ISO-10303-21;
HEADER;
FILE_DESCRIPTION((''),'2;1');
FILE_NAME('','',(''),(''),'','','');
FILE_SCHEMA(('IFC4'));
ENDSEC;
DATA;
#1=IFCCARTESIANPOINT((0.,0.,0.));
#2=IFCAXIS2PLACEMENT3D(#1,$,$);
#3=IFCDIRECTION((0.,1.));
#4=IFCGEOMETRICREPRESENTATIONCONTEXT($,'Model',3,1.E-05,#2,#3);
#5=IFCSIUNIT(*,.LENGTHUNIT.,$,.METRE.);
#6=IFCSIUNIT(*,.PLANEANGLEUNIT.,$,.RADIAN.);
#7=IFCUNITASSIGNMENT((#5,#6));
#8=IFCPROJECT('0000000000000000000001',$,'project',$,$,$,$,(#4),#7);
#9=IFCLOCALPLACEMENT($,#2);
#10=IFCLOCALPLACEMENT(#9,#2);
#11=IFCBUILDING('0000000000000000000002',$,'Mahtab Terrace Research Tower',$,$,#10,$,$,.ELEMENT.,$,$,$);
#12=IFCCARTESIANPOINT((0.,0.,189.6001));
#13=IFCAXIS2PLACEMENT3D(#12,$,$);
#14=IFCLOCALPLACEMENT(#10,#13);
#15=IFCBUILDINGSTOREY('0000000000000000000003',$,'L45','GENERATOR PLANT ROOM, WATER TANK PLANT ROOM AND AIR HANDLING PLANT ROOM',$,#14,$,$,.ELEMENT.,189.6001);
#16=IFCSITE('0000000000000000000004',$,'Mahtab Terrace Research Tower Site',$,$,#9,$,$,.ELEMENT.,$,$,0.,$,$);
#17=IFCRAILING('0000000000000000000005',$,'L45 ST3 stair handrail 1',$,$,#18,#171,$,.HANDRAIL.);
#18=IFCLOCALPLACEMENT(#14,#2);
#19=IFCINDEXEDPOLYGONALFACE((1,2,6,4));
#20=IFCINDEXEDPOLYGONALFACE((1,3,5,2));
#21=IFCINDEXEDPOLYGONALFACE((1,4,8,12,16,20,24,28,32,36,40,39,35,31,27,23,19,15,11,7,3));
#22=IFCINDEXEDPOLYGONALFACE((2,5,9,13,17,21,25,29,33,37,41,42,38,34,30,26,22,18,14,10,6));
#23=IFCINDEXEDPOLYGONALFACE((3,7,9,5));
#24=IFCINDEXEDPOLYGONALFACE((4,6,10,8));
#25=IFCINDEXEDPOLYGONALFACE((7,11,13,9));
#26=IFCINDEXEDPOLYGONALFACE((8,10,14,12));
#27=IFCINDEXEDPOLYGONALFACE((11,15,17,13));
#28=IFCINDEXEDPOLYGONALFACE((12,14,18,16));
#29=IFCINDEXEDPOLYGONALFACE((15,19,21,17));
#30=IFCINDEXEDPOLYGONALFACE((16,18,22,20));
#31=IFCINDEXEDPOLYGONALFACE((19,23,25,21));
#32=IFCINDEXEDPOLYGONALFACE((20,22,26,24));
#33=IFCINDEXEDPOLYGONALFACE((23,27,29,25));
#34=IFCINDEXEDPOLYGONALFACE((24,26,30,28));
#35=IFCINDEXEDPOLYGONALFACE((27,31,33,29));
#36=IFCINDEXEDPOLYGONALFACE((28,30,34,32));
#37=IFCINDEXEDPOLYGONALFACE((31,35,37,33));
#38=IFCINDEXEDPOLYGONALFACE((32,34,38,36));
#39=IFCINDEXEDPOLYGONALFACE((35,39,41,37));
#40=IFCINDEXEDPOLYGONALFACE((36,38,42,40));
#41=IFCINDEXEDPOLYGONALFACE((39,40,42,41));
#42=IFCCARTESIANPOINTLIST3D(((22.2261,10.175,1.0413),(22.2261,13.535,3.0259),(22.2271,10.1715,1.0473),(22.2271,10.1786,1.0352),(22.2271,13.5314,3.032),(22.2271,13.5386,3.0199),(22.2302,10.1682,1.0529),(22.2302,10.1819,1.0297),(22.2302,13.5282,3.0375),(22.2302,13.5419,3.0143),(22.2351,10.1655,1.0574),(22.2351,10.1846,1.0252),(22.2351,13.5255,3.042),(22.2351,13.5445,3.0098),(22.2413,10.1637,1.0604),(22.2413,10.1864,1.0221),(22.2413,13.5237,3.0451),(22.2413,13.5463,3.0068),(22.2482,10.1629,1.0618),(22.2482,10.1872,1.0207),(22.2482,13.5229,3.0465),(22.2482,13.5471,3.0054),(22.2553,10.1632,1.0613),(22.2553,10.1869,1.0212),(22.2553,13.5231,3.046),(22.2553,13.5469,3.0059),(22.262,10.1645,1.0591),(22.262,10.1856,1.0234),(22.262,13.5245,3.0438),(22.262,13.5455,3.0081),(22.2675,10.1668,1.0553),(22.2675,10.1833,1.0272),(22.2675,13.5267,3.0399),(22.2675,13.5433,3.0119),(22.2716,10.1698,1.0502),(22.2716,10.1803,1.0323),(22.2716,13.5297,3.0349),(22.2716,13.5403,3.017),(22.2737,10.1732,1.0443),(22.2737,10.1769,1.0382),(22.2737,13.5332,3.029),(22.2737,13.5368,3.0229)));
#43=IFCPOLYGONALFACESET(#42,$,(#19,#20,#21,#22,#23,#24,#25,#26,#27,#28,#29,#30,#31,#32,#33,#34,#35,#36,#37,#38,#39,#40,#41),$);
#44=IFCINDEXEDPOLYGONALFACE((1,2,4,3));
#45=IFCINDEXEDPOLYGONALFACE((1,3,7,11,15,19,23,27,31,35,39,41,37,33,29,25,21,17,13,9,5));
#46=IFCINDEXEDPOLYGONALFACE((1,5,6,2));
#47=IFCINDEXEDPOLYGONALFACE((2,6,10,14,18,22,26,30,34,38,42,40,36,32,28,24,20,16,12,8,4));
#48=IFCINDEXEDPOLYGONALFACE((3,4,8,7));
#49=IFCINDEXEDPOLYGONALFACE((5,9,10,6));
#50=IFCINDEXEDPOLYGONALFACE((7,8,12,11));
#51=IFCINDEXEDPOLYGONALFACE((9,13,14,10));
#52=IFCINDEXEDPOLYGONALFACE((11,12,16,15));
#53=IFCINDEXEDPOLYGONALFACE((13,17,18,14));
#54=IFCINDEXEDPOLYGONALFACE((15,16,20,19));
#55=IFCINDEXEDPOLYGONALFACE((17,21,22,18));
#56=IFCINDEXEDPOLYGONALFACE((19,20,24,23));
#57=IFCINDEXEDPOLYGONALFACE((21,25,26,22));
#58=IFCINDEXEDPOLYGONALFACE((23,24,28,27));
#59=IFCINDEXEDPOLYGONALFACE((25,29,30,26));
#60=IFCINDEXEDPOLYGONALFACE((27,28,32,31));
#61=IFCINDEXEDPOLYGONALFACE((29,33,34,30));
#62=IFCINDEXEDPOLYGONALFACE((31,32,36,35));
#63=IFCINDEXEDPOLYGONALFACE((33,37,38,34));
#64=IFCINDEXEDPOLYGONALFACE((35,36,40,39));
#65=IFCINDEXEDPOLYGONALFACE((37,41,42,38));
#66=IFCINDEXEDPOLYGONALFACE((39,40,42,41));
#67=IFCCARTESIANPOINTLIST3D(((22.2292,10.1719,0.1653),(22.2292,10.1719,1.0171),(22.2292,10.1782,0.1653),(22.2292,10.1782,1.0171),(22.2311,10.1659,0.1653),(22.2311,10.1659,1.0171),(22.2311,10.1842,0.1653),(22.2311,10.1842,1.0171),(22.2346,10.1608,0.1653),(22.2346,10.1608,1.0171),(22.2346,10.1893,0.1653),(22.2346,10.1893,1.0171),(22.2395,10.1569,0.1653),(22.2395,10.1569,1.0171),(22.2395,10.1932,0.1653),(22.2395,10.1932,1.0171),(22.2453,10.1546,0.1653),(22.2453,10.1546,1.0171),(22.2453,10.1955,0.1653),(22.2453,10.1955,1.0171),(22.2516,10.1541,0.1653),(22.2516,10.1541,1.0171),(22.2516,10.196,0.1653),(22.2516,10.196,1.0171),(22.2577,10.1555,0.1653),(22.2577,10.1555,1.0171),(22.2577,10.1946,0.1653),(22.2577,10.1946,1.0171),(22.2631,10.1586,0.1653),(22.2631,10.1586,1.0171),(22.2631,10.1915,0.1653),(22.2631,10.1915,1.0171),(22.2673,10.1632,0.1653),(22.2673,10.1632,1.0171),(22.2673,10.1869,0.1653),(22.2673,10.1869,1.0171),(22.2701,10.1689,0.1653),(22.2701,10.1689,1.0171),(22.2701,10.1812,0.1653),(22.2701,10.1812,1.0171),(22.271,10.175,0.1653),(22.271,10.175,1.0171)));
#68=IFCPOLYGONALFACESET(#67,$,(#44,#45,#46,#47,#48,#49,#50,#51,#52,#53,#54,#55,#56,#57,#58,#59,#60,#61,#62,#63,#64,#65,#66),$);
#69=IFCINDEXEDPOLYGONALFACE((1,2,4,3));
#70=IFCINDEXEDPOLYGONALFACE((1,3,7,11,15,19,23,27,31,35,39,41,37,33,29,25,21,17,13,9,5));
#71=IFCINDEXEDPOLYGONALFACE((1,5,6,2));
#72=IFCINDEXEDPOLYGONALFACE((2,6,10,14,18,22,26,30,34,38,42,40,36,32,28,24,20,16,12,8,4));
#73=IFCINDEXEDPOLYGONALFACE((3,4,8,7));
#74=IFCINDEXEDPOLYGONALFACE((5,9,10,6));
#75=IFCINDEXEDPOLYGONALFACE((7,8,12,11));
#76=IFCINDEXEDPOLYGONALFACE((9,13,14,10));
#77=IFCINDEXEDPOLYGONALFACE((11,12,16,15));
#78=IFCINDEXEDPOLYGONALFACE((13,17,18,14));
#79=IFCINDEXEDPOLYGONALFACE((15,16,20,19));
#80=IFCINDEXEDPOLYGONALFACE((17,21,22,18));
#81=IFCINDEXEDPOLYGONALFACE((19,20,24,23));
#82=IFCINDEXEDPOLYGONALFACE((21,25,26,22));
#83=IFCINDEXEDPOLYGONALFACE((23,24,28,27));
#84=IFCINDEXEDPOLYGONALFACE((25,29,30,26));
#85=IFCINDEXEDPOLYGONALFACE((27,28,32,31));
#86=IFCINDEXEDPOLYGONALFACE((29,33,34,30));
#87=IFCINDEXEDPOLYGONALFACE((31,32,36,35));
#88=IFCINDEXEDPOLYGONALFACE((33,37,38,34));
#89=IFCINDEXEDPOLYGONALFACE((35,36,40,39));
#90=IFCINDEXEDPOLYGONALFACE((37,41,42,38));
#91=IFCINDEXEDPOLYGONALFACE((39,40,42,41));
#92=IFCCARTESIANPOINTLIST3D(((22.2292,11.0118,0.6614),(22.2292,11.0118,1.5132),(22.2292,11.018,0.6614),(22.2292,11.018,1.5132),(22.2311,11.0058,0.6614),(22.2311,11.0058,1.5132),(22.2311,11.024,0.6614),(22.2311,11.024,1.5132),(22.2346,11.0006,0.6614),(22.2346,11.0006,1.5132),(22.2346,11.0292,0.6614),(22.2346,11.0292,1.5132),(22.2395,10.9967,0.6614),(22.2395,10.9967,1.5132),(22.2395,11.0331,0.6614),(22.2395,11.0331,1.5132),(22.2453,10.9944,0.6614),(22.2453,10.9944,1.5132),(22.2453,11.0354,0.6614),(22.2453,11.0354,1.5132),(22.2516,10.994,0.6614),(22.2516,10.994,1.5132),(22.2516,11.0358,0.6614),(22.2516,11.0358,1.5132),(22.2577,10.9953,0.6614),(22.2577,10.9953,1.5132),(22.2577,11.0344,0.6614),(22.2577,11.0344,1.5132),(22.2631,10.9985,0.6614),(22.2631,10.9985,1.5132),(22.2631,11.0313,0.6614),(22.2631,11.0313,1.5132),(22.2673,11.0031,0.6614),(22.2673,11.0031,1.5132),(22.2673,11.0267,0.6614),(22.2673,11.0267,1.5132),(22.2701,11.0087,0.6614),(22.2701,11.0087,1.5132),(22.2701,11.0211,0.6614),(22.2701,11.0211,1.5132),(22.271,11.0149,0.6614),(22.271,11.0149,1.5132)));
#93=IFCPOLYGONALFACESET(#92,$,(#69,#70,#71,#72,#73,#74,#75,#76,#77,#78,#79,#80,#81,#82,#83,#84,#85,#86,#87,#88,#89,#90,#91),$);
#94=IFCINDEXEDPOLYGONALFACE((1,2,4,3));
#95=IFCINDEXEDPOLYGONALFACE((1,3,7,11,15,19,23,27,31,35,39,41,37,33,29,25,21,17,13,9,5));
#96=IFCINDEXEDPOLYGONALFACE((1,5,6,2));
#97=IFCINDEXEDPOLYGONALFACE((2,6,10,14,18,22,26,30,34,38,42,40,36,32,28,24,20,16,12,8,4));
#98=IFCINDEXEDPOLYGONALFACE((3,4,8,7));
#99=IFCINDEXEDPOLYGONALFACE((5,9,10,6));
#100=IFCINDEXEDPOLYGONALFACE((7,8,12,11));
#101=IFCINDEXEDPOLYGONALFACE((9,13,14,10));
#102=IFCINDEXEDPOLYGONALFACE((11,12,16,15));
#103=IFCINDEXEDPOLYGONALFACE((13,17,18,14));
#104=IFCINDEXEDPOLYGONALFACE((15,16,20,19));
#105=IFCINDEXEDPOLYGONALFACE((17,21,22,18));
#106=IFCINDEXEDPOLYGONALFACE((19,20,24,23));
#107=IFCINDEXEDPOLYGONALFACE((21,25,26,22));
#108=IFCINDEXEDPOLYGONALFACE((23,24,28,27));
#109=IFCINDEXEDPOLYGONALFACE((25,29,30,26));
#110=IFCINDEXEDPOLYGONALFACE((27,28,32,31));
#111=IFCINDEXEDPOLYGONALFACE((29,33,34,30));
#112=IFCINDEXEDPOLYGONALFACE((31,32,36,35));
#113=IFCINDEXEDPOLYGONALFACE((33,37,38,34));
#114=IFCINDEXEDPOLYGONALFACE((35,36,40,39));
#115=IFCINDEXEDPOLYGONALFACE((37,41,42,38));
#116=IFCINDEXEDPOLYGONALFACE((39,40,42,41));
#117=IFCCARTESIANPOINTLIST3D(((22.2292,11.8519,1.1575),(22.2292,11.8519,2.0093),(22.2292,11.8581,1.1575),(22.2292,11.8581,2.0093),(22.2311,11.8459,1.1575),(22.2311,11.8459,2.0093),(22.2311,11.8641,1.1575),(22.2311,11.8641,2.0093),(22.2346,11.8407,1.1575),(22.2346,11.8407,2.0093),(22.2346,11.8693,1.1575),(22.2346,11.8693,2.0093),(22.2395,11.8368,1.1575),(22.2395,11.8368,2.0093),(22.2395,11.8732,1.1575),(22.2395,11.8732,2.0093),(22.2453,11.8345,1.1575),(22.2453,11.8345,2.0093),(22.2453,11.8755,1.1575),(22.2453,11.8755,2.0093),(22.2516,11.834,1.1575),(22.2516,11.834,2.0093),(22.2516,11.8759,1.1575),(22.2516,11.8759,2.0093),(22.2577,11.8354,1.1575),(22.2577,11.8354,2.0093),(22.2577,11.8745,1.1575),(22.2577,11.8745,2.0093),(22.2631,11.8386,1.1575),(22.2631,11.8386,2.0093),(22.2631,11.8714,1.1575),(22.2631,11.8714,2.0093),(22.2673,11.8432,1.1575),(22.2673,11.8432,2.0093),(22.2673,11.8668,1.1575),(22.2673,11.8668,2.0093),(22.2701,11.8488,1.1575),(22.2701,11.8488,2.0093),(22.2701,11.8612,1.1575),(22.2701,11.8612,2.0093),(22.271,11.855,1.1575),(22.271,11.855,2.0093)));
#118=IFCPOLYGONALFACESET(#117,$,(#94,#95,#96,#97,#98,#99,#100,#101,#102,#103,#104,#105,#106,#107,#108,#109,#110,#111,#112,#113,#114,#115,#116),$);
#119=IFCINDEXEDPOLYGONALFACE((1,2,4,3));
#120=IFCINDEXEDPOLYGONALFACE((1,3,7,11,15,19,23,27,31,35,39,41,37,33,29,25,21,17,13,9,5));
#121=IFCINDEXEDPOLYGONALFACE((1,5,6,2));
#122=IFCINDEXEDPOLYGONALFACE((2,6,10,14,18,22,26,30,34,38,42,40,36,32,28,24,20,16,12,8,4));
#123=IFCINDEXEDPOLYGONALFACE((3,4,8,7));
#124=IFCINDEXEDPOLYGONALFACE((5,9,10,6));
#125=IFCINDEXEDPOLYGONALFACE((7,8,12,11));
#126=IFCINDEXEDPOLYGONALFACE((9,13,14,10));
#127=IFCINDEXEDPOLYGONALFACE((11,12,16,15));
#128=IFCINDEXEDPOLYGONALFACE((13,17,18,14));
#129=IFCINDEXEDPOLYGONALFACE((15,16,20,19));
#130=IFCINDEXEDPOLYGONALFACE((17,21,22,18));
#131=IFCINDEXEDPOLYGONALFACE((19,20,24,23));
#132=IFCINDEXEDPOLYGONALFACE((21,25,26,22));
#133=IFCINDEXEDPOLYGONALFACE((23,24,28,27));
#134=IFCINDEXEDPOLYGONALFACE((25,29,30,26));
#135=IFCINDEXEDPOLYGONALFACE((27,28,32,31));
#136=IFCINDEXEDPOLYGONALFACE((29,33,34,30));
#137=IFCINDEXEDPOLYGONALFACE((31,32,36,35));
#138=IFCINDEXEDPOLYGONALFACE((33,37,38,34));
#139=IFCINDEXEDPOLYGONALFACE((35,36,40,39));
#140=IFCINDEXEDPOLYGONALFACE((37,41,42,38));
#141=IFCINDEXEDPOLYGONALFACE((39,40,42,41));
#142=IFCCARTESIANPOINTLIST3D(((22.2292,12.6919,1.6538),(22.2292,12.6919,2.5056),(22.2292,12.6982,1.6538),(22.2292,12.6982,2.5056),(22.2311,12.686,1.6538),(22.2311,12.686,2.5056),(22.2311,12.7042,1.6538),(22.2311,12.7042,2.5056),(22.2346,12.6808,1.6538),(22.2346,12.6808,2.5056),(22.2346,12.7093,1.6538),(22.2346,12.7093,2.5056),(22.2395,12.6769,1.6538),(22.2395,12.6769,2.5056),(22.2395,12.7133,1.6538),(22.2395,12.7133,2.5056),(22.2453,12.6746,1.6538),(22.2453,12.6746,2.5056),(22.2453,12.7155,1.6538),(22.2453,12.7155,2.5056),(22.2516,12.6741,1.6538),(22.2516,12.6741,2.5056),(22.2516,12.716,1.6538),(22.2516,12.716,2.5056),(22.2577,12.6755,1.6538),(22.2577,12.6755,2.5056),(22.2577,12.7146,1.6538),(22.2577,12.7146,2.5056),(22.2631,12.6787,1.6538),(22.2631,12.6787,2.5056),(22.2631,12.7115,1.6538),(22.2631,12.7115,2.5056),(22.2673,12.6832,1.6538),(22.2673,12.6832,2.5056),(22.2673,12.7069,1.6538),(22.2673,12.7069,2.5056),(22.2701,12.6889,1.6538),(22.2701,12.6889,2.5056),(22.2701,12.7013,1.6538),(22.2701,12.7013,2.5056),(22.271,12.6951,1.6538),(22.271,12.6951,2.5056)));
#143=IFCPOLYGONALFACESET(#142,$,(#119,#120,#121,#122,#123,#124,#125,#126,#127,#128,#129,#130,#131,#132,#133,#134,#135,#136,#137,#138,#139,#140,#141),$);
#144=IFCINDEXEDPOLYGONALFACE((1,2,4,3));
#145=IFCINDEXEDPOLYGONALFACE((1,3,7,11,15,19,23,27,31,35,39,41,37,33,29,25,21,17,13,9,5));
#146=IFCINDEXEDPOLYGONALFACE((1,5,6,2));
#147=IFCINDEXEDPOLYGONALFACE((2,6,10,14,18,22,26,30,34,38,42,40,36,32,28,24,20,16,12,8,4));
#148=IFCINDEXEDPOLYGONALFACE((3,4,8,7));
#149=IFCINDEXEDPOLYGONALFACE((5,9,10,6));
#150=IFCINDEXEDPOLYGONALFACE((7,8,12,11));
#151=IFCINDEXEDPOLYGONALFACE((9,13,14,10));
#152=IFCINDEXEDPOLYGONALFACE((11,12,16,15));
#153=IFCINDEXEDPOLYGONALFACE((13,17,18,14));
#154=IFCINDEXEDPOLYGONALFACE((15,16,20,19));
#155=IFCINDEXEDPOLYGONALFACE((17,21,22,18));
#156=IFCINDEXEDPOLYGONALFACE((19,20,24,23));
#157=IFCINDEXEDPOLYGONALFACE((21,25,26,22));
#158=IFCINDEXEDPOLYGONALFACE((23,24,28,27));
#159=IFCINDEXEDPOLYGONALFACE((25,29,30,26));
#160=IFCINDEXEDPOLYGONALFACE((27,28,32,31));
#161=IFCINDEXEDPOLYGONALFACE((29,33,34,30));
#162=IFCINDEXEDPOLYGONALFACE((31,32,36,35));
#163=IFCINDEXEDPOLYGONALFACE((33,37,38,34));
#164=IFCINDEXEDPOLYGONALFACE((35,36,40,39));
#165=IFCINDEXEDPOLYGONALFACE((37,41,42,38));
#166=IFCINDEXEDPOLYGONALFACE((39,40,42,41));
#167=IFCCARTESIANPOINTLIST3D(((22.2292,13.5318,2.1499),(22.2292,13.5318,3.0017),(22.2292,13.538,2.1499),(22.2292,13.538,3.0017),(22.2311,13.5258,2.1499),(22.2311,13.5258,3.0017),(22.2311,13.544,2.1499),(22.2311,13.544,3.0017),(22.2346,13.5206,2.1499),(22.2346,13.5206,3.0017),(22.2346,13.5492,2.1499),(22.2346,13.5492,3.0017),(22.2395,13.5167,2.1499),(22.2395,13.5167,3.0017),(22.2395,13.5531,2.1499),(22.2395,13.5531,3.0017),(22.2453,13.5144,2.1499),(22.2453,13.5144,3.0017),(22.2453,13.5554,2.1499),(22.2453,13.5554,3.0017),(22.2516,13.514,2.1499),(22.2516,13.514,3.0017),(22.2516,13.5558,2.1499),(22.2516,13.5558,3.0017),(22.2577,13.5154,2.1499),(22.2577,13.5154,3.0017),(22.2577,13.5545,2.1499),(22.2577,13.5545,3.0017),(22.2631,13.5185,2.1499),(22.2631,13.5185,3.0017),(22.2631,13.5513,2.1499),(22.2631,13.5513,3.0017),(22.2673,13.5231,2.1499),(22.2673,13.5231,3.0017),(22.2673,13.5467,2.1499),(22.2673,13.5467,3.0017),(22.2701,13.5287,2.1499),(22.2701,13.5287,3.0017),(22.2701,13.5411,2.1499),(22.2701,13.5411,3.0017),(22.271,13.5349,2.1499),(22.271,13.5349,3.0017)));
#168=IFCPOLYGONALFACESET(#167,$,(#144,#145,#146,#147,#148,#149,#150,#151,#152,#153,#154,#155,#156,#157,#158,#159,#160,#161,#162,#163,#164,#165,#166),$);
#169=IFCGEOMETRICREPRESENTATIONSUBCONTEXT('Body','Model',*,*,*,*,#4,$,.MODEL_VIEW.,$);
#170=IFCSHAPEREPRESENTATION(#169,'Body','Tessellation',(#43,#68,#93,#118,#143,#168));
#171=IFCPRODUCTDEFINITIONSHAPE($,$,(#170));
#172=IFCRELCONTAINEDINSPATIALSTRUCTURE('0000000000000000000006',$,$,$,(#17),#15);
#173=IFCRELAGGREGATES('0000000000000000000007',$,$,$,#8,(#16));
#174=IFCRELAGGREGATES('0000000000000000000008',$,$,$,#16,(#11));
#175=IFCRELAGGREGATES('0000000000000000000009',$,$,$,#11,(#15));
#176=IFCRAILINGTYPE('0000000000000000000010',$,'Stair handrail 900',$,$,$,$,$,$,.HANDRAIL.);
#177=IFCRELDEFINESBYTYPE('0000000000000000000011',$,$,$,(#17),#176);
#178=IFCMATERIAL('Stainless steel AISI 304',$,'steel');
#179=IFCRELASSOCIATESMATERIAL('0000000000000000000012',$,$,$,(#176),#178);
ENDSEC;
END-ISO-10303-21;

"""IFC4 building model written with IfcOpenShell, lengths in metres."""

from ifc_helpers import new_model, si_unit, direction, frame, origin, origin_2d, place, context, subcontext, project, spatial, circle, extrude, material, type_object, element, save


model = new_model("IFC4")

# Units and contexts
model_context = context("Model", 3, precision=1e-05, world=origin(), true_north=direction((0.0, 1.0)))
body_context = subcontext(model_context, "Body", "Model", "MODEL_VIEW")
ifc_project = project(units=[si_unit("LENGTHUNIT", "METRE"), si_unit("PLANEANGLEUNIT", "RADIAN")], contexts=[model_context])

# Site, building, storey
site_placement = place(None, origin())
site = spatial("IfcSite", under=ifc_project, at=site_placement, Name="Mahtab Terrace Research Tower Site", CompositionType="ELEMENT", RefElevation=0.0)
building_placement = place(site_placement, origin())
building = spatial("IfcBuilding", under=site, at=building_placement, Name="Mahtab Terrace Research Tower", CompositionType="ELEMENT")
storey_placement = place(building_placement, frame((0.0, 0.0, 189.6001)))
storey = spatial("IfcBuildingStorey", under=building, at=storey_placement, Name="L45", Description="GENERATOR PLANT ROOM, WATER TANK PLANT ROOM AND AIR HANDLING PLANT ROOM", CompositionType="ELEMENT", Elevation=189.6001)

# Railing
ifc_material_1 = material(Name="Stainless steel AISI 304", Category="steel")
railing_type_1 = type_object("IfcRailingType", Name="Stair handrail 900", PredefinedType="HANDRAIL", material=ifc_material_1)
railing_1_placement = place(storey_placement, frame((22.25, 10.175, 0.1653)))
element("IfcRailing", 1, at=railing_1_placement, inside=storey, type_object=railing_type_1, Name="L45 ST3 stair handrail 1", PredefinedType="HANDRAIL", context=body_context, shape_type="SweptSolid", body=[
    extrude(circle(Radius=0.0239, at=origin_2d()), frame((0.0, 0.0, 0.876), z_axis=(0.0, 0.861011, 0.508586), x_axis=(-1.0, 0.0, 0.0)), (0.0, 0.0, 1.0), 3.9023),
    extrude(circle(Radius=0.021, at=origin_2d()), origin(), (0.0, 0.0, 1.0), 0.8518),
    extrude(circle(Radius=0.021, at=origin_2d()), frame((0.0, 0.8398, 0.4961)), (0.0, 0.0, 1.0), 0.8518),
    extrude(circle(Radius=0.021, at=origin_2d()), frame((0.0, 1.6799, 0.9922)), (0.0, 0.0, 1.0), 0.8518),
    extrude(circle(Radius=0.021, at=origin_2d()), frame((0.0, 2.52, 1.4885)), (0.0, 0.0, 1.0), 0.8518),
    extrude(circle(Radius=0.021, at=origin_2d()), frame((0.0, 3.3599, 1.9846)), (0.0, 0.0, 1.0), 0.8518),
])

save(model, "model.ifc")
